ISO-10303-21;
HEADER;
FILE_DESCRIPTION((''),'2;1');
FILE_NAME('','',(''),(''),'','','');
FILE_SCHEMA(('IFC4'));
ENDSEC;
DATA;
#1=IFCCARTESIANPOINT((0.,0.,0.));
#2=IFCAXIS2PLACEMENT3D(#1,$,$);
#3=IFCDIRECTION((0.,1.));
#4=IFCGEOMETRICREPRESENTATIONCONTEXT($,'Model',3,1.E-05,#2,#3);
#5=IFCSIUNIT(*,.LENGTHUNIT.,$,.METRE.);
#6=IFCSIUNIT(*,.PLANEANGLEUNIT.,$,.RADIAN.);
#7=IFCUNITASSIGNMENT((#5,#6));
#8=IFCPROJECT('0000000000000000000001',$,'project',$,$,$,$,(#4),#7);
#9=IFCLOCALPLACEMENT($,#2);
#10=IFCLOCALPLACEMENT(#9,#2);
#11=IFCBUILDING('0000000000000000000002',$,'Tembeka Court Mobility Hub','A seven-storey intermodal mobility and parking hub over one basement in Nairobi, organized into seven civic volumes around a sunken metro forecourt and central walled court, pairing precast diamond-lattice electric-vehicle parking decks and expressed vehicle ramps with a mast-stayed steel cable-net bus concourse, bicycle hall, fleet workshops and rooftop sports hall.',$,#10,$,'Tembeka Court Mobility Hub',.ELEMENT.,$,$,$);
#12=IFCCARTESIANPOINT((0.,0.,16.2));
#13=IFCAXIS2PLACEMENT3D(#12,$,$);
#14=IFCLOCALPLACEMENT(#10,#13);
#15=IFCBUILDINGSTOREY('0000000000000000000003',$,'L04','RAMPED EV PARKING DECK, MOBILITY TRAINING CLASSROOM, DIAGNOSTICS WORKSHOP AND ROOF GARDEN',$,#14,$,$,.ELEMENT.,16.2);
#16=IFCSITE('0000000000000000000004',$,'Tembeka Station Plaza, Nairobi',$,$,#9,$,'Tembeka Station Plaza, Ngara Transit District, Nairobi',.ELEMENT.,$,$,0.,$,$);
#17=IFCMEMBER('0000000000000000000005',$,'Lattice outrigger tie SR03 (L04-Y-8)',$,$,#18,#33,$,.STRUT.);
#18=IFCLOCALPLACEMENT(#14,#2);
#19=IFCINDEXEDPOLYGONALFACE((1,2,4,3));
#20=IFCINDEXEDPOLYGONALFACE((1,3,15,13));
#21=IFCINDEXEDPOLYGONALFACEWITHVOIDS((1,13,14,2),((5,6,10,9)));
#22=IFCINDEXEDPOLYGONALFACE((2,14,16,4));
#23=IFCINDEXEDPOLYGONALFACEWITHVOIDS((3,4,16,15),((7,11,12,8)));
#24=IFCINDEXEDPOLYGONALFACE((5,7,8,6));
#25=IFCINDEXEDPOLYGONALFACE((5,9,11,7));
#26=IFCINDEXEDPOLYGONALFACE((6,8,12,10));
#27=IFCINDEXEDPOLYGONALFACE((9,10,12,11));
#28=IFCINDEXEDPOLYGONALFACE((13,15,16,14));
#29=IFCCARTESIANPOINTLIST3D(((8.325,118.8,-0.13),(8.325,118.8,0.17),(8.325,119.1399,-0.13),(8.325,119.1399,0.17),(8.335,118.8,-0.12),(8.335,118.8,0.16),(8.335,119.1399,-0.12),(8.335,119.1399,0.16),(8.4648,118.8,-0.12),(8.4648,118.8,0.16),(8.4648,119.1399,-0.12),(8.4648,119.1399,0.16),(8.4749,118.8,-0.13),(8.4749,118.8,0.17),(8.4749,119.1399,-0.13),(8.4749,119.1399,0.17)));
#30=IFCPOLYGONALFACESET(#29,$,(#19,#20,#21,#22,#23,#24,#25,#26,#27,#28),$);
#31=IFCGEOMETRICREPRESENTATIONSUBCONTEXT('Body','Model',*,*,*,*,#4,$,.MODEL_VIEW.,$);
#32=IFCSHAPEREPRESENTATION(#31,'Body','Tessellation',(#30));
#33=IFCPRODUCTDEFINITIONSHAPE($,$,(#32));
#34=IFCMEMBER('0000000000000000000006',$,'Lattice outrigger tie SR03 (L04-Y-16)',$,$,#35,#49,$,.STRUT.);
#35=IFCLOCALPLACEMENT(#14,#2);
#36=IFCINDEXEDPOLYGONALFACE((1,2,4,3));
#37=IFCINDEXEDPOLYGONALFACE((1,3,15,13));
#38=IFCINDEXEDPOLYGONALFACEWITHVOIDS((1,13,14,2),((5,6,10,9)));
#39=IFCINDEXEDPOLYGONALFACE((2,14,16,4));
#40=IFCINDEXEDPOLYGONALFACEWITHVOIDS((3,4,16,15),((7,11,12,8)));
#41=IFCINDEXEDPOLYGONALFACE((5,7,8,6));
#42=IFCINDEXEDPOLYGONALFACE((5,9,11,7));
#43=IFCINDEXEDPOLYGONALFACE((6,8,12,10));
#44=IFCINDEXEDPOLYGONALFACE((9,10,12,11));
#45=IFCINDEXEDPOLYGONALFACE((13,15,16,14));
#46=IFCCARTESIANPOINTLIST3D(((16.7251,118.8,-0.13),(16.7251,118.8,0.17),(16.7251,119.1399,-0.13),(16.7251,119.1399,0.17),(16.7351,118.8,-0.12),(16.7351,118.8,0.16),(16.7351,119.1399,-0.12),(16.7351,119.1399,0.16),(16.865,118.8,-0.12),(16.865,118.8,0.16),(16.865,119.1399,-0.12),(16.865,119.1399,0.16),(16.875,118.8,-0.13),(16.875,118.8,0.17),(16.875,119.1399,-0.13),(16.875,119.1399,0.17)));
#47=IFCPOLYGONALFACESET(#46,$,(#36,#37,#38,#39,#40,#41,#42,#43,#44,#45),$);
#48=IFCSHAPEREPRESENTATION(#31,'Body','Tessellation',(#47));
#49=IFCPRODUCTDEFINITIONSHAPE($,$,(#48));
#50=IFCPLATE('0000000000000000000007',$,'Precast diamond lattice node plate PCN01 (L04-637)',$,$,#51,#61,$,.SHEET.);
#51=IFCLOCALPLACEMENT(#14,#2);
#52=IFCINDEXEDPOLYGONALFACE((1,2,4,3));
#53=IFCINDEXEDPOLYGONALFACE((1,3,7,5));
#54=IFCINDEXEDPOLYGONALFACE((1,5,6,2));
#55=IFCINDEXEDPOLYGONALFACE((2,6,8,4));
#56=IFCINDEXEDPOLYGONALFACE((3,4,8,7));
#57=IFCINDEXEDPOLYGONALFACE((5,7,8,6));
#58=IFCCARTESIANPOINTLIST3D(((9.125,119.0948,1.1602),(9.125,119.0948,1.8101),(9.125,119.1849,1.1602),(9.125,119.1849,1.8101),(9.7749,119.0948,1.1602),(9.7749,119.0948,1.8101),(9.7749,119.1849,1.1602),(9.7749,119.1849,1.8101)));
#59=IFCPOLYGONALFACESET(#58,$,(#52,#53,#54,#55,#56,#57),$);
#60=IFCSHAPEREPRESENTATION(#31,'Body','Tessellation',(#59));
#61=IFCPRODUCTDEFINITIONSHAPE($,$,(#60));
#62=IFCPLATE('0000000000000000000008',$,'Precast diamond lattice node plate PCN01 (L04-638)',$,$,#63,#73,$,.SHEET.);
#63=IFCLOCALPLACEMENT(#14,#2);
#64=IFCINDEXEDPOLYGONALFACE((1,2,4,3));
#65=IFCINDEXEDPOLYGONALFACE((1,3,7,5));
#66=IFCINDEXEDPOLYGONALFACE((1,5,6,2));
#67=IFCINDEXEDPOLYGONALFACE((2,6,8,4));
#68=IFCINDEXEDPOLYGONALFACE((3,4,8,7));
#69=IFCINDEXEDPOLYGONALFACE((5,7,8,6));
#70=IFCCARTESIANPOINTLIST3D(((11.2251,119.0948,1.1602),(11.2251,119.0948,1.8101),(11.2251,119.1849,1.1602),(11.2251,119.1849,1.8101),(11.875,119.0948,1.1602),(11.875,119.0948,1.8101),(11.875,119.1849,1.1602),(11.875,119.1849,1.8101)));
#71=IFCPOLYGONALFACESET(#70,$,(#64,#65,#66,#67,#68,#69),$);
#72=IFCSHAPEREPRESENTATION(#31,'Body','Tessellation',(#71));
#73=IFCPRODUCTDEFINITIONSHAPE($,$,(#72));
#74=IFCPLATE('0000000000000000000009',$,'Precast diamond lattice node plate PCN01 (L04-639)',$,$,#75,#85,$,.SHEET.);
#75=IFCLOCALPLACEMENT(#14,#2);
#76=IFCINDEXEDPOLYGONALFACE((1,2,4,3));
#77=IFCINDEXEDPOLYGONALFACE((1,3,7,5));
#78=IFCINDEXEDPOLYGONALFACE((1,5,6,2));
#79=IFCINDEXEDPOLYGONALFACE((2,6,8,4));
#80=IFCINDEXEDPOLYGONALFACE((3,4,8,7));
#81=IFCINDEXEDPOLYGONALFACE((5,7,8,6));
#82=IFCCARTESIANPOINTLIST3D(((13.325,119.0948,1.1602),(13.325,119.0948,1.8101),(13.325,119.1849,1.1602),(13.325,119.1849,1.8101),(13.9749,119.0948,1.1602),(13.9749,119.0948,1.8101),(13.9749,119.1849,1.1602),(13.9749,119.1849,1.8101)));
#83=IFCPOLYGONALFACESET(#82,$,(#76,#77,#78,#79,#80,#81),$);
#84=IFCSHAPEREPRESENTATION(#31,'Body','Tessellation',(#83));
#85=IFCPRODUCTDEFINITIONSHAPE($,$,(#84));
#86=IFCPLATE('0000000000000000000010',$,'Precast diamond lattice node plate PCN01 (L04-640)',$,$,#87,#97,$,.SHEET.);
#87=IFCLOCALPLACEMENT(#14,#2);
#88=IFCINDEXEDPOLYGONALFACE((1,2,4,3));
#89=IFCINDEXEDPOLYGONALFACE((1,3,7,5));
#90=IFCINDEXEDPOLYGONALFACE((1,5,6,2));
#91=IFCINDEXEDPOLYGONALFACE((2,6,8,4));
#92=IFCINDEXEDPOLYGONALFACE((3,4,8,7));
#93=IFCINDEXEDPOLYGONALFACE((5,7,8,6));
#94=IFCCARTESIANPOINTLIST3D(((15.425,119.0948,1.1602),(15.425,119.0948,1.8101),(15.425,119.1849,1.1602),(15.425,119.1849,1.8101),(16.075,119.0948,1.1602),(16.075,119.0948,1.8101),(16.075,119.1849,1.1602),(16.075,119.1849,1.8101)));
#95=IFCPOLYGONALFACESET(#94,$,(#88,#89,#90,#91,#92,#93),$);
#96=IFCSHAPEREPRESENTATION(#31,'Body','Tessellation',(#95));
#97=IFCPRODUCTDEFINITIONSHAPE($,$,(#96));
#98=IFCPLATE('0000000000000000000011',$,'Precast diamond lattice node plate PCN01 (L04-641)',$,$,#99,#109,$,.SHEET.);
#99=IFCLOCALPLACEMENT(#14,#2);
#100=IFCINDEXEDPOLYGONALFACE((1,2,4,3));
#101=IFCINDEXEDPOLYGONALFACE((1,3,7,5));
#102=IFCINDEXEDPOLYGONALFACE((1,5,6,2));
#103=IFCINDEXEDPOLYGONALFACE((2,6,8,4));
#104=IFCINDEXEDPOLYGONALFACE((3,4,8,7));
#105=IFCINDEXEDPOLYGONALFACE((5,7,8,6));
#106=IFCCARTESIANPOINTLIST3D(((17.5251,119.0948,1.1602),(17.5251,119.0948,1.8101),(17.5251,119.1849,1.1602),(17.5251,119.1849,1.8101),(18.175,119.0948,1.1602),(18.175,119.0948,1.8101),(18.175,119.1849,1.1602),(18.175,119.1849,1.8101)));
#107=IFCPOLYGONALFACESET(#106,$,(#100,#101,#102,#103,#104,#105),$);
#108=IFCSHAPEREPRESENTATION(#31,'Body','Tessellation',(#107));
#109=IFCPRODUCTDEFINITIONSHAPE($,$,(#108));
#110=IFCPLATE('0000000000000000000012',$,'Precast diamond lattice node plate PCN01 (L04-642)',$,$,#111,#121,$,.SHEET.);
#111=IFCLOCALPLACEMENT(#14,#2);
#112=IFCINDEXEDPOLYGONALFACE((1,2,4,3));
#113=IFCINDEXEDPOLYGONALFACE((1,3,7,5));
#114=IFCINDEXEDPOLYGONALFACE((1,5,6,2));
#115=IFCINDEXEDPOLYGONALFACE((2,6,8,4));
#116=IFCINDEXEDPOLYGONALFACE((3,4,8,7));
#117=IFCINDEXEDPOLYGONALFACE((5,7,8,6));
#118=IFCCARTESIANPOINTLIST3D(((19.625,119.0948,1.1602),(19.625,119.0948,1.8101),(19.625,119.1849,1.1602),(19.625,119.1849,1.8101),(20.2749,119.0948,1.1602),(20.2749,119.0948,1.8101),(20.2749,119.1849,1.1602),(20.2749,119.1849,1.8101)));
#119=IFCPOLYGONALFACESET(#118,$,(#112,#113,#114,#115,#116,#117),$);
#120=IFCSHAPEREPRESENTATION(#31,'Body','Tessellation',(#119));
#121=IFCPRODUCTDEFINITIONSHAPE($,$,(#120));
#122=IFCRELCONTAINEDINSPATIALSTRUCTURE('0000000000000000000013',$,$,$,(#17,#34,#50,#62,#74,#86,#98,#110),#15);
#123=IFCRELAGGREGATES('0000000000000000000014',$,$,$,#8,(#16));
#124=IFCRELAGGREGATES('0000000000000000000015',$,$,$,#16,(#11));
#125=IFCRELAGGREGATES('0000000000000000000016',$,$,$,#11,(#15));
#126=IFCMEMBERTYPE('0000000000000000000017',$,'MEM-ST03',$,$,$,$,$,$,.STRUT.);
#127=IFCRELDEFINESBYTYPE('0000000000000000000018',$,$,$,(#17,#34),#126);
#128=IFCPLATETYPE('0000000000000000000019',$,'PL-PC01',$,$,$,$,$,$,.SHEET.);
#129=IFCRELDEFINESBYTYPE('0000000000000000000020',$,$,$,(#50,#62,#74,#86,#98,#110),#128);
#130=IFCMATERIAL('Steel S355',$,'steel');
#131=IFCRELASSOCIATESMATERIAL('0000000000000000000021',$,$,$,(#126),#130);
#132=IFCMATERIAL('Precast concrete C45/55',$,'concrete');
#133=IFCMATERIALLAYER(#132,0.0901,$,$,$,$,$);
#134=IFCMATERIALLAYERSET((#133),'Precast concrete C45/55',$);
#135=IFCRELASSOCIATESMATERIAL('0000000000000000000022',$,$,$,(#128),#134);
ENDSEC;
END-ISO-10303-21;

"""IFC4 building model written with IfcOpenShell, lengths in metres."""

from ifc_helpers import new_model, si_unit, direction, frame, origin, origin_2d, place, context, subcontext, project, spatial, rectangle, hollow_rectangle, extrude, material, layer, layer_set, material_profile, profile_set, type_object, element, save


model = new_model("IFC4")

# Units and contexts
model_context = context("Model", 3, precision=1e-05, world=origin(), true_north=direction((0.0, 1.0)))
body_context = subcontext(model_context, "Body", "Model", "MODEL_VIEW")
ifc_project = project(units=[si_unit("LENGTHUNIT", "METRE"), si_unit("PLANEANGLEUNIT", "RADIAN")], contexts=[model_context])

# Site, building, storey
site_placement = place(None, origin())
site = spatial("IfcSite", under=ifc_project, at=site_placement, Name="Tembeka Station Plaza, Nairobi", LongName="Tembeka Station Plaza, Ngara Transit District, Nairobi", CompositionType="ELEMENT", RefElevation=0.0)
building_placement = place(site_placement, origin())
building = spatial("IfcBuilding", under=site, at=building_placement, Name="Tembeka Court Mobility Hub", Description="A seven-storey intermodal mobility and parking hub over one basement in Nairobi, organized into seven civic volumes around a sunken metro forecourt and central walled court, pairing precast diamond-lattice electric-vehicle parking decks and expressed vehicle ramps with a mast-stayed steel cable-net bus concourse, bicycle hall, fleet workshops and rooftop sports hall.", LongName="Tembeka Court Mobility Hub", CompositionType="ELEMENT")
storey_placement = place(building_placement, frame((0.0, 0.0, 16.2)))
storey = spatial("IfcBuildingStorey", under=building, at=storey_placement, Name="L04", Description="RAMPED EV PARKING DECK, MOBILITY TRAINING CLASSROOM, DIAGNOSTICS WORKSHOP AND ROOF GARDEN", CompositionType="ELEMENT", Elevation=16.2)

# Shared definitions
ifc_material_1 = material(Name="Steel S355", Category="steel")

# Shared definitions
ifc_material_2 = material(Name="Precast concrete C45/55", Category="concrete")

# Members
ifc_material_profile_1 = material_profile(ifc_material_1, hollow_rectangle(XDim=0.1499, YDim=0.3, WallThickness=0.01, at=origin_2d()), Name="RHS 300x150x10")
ifc_profile_set_1 = profile_set([ifc_material_profile_1], Name="Steel S355")
member_type_1 = type_object("IfcMemberType", Name="MEM-ST03", PredefinedType="STRUT", material=ifc_profile_set_1)
for number, where, z_axis, x_axis, name in (
    (1, (8.3999, 118.8, 0.02), (0.0, 1.0, 0.0), (-1.0, 0.0, 0.0), "Lattice outrigger tie SR03 (L04-Y-8)"),
    (2, (16.8, 118.8, 0.02), (0.0, 1.0, 0.0), (-1.0, 0.0, 0.0), "Lattice outrigger tie SR03 (L04-Y-16)"),
):
    element("IfcMember", number, at=place(storey_placement, frame(where, z_axis=z_axis, x_axis=x_axis)), inside=storey, type_object=member_type_1, Name=name, PredefinedType="STRUT", context=body_context, shape_type="SweptSolid", body=[
        extrude(hollow_rectangle(XDim=0.1499, YDim=0.3, WallThickness=0.01, at=origin_2d()), origin(), (0.0, 0.0, 1.0), 0.3398),
    ])

# Plates
ifc_layer = layer(ifc_material_2, 0.0901)
ifc_layer_set = layer_set([ifc_layer], Name="Precast concrete C45/55")
plate_type = type_object("IfcPlateType", Name="PL-PC01", PredefinedType="SHEET", material=ifc_layer_set)
for number, where, z_axis, x_axis, name in (
    (3, (9.45, 119.1399, 1.1602), (0.0, 0.0, 1.0), (1.0, 0.0, 0.0), "Precast diamond lattice node plate PCN01 (L04-637)"),
    (4, (11.55, 119.1399, 1.1602), (0.0, 0.0, 1.0), (1.0, 0.0, 0.0), "Precast diamond lattice node plate PCN01 (L04-638)"),
    (5, (13.6499, 119.1399, 1.1602), (0.0, 0.0, 1.0), (1.0, 0.0, 0.0), "Precast diamond lattice node plate PCN01 (L04-639)"),
    (6, (15.75, 119.1399, 1.1602), (0.0, 0.0, 1.0), (1.0, 0.0, 0.0), "Precast diamond lattice node plate PCN01 (L04-640)"),
    (7, (17.8501, 119.1399, 1.1602), (0.0, 0.0, 1.0), (1.0, 0.0, 0.0), "Precast diamond lattice node plate PCN01 (L04-641)"),
    (8, (19.95, 119.1399, 1.1602), (0.0, 0.0, 1.0), (1.0, 0.0, 0.0), "Precast diamond lattice node plate PCN01 (L04-642)"),
):
    element("IfcPlate", number, at=place(storey_placement, frame(where, z_axis=z_axis, x_axis=x_axis)), inside=storey, type_object=plate_type, Name=name, PredefinedType="SHEET", context=body_context, shape_type="SweptSolid", body=[
        extrude(rectangle(XDim=0.6499, YDim=0.0901, at=origin_2d()), origin(), (0.0, 0.0, 1.0), 0.6499),
    ])

save(model, "model.ifc")
